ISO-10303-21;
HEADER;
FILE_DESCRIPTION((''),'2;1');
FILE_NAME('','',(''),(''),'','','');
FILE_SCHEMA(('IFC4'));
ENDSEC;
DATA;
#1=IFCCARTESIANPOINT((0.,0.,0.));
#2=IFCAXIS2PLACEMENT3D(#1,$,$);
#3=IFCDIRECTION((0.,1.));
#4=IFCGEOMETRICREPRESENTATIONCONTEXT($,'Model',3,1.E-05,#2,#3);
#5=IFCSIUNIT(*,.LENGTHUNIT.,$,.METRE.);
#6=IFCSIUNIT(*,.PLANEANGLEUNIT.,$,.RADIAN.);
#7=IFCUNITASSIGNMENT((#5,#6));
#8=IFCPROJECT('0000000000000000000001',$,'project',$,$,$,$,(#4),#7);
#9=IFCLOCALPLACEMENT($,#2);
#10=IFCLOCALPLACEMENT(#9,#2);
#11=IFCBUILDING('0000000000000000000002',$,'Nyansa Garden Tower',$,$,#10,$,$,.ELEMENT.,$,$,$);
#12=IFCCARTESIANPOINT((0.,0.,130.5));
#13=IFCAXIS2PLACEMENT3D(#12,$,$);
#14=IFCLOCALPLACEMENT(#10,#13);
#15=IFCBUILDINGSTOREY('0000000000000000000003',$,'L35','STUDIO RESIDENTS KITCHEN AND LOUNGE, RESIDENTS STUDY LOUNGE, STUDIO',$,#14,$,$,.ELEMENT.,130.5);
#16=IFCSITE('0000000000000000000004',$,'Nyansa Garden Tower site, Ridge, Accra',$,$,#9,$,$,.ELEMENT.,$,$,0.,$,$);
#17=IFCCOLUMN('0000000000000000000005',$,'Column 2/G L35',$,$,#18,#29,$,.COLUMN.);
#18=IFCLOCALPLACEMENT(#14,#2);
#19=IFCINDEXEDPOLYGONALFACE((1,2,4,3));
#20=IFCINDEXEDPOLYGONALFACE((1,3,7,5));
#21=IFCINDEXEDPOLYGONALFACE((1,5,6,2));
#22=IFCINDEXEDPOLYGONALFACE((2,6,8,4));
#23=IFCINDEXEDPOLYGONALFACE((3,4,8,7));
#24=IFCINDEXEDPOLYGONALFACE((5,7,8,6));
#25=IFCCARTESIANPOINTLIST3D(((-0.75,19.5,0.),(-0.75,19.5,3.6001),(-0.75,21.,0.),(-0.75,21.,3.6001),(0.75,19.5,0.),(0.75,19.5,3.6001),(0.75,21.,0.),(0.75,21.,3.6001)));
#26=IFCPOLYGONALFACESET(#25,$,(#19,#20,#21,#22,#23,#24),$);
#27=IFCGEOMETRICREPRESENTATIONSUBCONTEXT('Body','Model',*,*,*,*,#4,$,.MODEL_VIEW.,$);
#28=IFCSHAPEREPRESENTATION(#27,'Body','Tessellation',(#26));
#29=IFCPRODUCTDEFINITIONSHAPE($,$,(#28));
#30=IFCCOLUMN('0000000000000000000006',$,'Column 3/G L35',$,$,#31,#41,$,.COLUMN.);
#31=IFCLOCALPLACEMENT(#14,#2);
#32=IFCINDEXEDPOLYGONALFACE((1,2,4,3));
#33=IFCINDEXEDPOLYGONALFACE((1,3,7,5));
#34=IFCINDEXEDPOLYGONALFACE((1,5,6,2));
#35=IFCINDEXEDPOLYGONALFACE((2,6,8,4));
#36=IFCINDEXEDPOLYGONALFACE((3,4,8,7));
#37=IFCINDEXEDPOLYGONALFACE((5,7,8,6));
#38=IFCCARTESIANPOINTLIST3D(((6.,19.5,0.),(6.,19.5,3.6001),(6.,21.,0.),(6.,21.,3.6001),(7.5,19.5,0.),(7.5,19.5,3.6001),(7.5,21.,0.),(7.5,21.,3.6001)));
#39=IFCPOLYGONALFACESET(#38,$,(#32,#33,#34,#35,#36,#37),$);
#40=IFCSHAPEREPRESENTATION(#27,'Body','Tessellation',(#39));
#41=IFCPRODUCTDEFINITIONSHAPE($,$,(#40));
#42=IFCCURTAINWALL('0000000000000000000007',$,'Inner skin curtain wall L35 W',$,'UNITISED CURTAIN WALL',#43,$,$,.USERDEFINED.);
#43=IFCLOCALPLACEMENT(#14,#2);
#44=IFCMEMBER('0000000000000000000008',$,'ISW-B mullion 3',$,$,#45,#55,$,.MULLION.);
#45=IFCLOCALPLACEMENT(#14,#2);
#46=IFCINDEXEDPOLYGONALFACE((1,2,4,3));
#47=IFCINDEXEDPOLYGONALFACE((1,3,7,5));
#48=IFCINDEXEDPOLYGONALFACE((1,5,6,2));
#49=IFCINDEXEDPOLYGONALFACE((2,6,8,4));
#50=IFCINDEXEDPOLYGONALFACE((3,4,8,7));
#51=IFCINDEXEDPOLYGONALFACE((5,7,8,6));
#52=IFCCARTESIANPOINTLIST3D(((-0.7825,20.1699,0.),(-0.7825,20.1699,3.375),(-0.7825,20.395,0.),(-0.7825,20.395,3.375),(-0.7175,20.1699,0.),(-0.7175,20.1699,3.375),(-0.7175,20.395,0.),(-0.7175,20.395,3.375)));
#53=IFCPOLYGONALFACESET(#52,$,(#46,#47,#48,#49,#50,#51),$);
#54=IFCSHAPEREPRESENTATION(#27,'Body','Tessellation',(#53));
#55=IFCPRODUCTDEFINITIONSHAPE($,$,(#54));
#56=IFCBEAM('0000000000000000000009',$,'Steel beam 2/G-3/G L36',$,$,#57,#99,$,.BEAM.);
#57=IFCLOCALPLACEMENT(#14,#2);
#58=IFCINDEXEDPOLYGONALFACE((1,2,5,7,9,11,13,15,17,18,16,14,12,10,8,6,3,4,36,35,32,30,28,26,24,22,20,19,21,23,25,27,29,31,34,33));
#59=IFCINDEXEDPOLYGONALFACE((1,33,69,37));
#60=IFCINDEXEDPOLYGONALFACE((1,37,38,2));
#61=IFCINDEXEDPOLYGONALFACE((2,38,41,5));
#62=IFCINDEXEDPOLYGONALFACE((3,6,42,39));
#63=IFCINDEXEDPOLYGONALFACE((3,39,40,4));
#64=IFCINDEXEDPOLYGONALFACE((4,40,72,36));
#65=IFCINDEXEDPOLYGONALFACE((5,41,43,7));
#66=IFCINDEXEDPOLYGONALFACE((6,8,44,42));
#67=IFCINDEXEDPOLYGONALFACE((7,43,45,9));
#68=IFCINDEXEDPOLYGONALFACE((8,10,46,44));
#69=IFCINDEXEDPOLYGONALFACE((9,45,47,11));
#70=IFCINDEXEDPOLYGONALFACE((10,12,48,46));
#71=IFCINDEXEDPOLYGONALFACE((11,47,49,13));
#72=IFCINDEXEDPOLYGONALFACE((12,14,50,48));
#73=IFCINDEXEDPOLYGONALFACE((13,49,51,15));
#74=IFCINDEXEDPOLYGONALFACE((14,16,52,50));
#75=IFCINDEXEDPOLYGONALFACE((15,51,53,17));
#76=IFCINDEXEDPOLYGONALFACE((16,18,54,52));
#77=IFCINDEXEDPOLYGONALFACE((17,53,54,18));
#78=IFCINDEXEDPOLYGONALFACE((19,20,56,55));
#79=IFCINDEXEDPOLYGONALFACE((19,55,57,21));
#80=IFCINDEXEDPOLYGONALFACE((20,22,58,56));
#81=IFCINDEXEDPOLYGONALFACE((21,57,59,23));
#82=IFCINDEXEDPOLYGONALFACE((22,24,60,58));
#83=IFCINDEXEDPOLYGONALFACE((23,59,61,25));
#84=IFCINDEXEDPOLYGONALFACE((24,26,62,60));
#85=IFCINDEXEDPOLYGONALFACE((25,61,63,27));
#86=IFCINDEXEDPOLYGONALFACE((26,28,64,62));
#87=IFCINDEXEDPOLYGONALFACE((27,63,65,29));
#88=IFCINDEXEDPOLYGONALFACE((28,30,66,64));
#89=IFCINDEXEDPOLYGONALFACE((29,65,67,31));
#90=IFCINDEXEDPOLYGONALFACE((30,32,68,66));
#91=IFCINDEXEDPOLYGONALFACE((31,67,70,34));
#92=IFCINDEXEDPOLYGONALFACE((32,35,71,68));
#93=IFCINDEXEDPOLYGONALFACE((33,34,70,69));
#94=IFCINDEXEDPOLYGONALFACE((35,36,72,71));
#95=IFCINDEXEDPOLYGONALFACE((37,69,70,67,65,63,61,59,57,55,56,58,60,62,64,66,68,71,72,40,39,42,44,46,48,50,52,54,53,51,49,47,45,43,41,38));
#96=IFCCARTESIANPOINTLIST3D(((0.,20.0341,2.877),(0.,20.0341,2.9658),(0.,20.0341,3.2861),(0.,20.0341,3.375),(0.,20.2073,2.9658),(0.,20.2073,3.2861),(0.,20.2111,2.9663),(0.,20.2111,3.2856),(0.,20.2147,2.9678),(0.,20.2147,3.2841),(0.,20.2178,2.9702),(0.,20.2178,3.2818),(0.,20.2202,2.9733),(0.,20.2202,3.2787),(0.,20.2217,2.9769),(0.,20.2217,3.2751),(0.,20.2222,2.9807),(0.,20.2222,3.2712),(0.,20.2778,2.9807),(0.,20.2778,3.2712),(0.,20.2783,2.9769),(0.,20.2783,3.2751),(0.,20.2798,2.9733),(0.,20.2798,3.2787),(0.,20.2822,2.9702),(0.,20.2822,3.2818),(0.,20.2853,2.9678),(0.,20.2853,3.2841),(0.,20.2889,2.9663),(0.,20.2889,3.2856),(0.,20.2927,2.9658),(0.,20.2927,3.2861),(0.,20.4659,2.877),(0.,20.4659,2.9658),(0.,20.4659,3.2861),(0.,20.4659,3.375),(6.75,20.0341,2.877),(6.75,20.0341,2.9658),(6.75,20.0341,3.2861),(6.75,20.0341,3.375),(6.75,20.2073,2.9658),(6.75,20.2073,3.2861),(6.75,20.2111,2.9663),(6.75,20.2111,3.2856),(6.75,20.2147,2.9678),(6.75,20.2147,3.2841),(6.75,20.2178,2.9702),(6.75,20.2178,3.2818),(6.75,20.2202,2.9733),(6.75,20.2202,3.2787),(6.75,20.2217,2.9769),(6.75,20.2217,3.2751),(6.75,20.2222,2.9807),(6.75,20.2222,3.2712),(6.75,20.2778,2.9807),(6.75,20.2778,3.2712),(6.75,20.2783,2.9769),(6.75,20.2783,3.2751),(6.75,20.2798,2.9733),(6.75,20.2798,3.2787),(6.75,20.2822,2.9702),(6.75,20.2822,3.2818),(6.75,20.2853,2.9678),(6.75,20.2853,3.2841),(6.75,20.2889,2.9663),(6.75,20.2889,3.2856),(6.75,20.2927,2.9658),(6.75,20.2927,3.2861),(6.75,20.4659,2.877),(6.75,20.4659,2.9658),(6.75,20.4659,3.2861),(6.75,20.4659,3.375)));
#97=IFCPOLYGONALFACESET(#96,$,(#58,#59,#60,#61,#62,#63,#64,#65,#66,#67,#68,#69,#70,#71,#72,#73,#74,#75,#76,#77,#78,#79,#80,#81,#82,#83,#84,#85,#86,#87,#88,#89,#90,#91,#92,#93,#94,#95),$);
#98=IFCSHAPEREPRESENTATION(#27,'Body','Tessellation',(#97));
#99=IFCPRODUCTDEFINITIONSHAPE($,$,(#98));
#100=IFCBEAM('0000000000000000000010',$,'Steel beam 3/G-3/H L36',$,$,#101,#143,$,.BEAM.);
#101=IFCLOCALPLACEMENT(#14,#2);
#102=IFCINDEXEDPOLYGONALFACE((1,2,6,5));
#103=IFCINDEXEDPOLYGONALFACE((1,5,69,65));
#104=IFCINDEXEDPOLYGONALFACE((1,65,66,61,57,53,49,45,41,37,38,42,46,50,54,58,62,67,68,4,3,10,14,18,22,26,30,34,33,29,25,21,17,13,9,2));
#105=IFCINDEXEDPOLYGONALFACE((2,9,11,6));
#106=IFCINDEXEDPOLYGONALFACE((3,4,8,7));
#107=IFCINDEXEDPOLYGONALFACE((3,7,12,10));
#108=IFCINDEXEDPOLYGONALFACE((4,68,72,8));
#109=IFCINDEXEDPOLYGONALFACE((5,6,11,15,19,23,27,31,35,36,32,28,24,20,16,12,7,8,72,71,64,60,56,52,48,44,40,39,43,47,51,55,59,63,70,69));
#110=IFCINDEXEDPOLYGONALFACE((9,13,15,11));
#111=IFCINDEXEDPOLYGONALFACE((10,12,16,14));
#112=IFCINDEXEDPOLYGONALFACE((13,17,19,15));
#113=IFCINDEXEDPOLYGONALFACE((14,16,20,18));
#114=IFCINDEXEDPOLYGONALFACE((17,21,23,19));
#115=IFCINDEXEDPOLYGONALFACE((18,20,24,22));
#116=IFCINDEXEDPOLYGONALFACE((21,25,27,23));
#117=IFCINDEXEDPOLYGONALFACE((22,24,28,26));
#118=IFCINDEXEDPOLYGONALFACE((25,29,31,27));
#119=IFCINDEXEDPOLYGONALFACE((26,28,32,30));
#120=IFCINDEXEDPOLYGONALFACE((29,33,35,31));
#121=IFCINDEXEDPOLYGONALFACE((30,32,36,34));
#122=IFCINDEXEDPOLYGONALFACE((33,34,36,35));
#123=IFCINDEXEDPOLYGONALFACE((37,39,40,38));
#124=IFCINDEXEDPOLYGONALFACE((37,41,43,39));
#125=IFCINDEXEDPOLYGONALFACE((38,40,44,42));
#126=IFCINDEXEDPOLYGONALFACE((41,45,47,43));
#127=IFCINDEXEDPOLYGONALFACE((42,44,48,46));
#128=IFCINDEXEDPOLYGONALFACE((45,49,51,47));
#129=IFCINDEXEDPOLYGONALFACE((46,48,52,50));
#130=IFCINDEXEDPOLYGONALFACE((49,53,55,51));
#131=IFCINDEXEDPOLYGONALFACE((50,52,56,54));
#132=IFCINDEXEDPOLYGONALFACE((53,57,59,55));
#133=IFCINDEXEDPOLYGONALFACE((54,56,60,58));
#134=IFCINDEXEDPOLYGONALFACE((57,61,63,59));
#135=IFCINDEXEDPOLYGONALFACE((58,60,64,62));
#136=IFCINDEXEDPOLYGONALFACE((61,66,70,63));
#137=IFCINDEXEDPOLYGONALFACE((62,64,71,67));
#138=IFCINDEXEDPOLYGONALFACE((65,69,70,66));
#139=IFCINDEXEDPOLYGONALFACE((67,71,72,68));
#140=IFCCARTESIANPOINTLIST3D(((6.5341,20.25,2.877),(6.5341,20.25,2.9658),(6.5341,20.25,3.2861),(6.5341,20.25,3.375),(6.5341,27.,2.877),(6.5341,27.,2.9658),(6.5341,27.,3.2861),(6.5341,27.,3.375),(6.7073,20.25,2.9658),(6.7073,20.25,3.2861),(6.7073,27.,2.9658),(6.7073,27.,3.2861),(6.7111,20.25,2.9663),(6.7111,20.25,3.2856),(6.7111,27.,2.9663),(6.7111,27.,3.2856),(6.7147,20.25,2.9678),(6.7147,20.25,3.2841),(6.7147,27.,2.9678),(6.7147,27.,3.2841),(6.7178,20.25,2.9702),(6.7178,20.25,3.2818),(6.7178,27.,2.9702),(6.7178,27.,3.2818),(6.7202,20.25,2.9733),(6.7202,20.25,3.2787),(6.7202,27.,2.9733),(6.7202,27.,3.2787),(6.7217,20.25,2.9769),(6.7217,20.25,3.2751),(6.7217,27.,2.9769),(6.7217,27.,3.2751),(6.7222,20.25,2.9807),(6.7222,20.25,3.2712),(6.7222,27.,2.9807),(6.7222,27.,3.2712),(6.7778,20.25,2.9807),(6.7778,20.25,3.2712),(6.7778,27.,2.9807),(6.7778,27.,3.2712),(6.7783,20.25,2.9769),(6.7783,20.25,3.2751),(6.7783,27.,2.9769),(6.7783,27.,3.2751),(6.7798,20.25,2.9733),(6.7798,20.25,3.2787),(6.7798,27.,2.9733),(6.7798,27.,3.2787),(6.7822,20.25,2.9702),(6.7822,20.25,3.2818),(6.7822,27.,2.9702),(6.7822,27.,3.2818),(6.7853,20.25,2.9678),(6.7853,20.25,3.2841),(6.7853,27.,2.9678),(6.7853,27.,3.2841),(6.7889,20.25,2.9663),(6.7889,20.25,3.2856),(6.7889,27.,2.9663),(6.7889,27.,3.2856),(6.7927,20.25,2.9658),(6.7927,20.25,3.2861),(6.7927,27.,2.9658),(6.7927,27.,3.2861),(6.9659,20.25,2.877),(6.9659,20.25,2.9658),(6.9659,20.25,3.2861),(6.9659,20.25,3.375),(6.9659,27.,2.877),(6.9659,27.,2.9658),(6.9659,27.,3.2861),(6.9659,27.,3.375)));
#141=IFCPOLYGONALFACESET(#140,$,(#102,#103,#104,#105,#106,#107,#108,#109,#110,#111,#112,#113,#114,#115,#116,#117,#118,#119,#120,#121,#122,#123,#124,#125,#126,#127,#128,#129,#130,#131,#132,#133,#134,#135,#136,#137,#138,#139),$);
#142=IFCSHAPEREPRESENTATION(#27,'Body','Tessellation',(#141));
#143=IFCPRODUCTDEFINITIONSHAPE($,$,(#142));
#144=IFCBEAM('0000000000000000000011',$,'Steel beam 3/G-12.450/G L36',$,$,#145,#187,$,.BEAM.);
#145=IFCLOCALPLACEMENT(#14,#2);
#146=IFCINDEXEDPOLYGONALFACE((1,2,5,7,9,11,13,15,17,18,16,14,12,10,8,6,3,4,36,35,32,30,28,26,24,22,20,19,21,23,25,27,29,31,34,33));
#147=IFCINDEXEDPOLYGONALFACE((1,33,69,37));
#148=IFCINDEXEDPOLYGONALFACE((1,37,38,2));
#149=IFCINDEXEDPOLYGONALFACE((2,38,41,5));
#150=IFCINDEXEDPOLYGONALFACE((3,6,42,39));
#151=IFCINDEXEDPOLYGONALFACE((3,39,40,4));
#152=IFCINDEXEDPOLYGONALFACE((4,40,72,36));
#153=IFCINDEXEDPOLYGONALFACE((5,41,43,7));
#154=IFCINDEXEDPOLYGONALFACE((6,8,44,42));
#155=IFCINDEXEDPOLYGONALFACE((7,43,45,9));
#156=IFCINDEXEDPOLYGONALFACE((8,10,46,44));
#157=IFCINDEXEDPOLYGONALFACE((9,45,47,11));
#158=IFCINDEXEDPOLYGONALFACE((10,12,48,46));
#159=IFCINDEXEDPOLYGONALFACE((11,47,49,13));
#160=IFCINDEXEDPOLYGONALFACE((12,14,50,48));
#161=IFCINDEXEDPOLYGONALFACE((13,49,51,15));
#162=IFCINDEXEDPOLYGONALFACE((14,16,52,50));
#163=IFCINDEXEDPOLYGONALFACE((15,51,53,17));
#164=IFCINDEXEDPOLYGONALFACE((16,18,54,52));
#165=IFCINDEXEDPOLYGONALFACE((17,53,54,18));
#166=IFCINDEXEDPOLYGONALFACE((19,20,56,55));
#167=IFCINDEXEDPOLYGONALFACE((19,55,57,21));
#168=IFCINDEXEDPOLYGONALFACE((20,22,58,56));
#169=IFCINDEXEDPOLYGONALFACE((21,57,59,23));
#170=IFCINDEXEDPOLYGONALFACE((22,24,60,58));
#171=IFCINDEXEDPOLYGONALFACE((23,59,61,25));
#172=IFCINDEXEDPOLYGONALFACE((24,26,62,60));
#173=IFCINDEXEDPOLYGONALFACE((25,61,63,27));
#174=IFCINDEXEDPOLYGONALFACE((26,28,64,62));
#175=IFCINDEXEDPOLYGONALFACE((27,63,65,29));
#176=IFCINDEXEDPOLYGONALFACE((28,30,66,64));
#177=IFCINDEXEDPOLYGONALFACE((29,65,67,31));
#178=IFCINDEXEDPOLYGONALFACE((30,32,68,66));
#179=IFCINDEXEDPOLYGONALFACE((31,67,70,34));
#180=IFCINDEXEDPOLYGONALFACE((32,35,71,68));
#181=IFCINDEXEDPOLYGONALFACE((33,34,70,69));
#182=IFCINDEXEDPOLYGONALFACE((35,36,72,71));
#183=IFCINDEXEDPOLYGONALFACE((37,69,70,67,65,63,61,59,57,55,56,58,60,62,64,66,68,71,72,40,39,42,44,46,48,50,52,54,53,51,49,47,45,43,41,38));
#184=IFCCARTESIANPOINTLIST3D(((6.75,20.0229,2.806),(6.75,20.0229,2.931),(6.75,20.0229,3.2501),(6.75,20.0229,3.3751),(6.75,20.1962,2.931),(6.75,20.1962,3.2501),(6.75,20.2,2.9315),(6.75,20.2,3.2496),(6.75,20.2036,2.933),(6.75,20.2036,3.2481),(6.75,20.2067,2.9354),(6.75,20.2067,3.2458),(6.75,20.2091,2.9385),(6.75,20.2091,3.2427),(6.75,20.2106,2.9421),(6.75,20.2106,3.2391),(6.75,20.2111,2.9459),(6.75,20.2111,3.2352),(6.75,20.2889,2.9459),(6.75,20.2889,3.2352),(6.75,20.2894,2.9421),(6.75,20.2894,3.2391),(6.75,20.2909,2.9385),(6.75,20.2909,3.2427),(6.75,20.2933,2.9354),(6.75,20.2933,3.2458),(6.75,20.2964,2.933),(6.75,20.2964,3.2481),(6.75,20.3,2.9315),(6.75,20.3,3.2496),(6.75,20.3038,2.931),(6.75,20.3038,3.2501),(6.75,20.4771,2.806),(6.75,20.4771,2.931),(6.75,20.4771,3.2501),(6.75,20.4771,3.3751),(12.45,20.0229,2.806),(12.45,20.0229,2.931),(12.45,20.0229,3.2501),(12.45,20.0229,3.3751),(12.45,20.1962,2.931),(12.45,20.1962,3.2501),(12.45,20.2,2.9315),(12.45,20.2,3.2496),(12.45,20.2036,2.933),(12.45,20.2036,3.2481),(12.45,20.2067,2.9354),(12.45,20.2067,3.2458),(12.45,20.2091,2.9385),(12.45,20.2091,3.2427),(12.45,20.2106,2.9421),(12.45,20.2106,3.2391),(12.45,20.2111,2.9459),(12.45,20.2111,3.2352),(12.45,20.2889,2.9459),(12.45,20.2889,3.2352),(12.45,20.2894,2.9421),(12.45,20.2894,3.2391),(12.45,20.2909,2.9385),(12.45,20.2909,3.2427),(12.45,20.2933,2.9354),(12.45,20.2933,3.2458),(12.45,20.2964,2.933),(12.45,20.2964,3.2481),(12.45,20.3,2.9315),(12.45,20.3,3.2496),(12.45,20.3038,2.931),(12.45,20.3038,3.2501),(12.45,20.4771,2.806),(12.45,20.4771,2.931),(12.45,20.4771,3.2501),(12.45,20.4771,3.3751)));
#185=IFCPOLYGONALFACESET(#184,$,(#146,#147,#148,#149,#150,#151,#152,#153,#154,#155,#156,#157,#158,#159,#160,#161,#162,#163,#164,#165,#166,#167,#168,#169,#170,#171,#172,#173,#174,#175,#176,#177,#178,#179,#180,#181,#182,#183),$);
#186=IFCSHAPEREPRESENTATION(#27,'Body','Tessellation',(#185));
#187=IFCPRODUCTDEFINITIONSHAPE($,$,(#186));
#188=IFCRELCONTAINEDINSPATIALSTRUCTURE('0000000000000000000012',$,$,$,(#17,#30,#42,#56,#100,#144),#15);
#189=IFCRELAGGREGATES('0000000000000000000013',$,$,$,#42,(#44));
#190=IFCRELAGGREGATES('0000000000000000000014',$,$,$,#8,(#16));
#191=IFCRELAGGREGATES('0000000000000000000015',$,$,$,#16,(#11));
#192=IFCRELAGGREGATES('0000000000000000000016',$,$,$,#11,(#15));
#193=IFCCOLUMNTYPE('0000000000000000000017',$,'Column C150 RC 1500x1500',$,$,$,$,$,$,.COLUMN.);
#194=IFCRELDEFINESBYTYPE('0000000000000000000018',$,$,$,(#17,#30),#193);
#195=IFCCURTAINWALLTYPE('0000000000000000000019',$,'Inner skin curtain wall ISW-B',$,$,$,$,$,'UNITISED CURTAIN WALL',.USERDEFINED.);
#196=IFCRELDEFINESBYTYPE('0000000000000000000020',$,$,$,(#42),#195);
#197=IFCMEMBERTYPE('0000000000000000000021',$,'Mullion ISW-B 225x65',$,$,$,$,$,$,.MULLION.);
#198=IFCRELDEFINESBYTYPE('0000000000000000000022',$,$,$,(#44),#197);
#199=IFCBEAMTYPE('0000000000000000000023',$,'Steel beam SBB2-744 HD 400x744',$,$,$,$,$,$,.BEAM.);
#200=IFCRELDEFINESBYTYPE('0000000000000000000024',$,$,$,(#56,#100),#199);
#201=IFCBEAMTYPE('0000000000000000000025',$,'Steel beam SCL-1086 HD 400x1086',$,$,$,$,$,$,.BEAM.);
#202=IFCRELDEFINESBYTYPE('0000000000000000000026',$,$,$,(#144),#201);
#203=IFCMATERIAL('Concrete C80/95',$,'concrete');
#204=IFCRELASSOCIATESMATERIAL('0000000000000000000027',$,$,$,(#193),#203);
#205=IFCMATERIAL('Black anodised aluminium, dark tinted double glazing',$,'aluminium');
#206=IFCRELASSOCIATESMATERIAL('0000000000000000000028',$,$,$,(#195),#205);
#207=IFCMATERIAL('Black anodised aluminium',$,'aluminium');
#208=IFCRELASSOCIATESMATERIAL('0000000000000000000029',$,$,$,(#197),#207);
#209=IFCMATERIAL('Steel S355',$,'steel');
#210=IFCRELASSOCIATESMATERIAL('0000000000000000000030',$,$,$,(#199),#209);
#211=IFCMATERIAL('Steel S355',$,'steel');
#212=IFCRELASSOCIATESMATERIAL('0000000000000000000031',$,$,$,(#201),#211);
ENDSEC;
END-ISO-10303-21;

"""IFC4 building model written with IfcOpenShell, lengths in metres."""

from ifc_helpers import new_model, si_unit, direction, frame, origin, origin_2d, place, context, subcontext, project, spatial, rectangle, i_section, extrude, material, material_profile, profile_set, type_object, element, aggregate, save


model = new_model("IFC4")

# Units and contexts
model_context = context("Model", 3, precision=1e-05, world=origin(), true_north=direction((0.0, 1.0)))
body_context = subcontext(model_context, "Body", "Model", "MODEL_VIEW")
ifc_project = project(units=[si_unit("LENGTHUNIT", "METRE"), si_unit("PLANEANGLEUNIT", "RADIAN")], contexts=[model_context])

# Site, building, storey
site_placement = place(None, origin())
site = spatial("IfcSite", under=ifc_project, at=site_placement, Name="Nyansa Garden Tower site, Ridge, Accra", CompositionType="ELEMENT", RefElevation=0.0)
building_placement = place(site_placement, origin())
building = spatial("IfcBuilding", under=site, at=building_placement, Name="Nyansa Garden Tower", CompositionType="ELEMENT")
storey_placement = place(building_placement, frame((0.0, 0.0, 130.5)))
storey = spatial("IfcBuildingStorey", under=building, at=storey_placement, Name="L35", Description="STUDIO RESIDENTS KITCHEN AND LOUNGE, RESIDENTS STUDY LOUNGE, STUDIO", CompositionType="ELEMENT", Elevation=130.5)

# Columns
ifc_material_1 = material(Name="Concrete C80/95", Category="concrete")
ifc_material_profile_1 = material_profile(ifc_material_1, rectangle(XDim=1.5, YDim=1.5, at=origin_2d()), Name="RC 1500x1500")
ifc_profile_set_1 = profile_set([ifc_material_profile_1], Name="Concrete C80/95")
column_type = type_object("IfcColumnType", Name="Column C150 RC 1500x1500", PredefinedType="COLUMN", material=ifc_profile_set_1)
for number, where, z_axis, x_axis, name in (
    (1, (0.0, 20.25, 0.0), (0.0, 0.0, 1.0), (1.0, 0.0, 0.0), "Column 2/G L35"),
    (2, (6.75, 20.25, 0.0), (0.0, 0.0, 1.0), (1.0, 0.0, 0.0), "Column 3/G L35"),
):
    element("IfcColumn", number, at=place(storey_placement, frame(where, z_axis=z_axis, x_axis=x_axis)), inside=storey, type_object=column_type, Name=name, PredefinedType="COLUMN", context=body_context, shape_type="SweptSolid", body=[
        extrude(rectangle(XDim=1.5, YDim=1.5, at=origin_2d()), origin(), (0.0, 0.0, 1.0), 3.6001),
    ])

# Curtain wall, member
ifc_material_2 = material(Name="Black anodised aluminium, dark tinted double glazing", Category="aluminium")
curtain_wall_type = type_object("IfcCurtainWallType", Name="Inner skin curtain wall ISW-B", ElementType="UNITISED CURTAIN WALL", PredefinedType="USERDEFINED", material=ifc_material_2)
curtain_wall_placement = place(storey_placement, origin())
curtain_wall = element("IfcCurtainWall", 3, at=curtain_wall_placement, inside=storey, type_object=curtain_wall_type, Name="Inner skin curtain wall L35 W", ObjectType="UNITISED CURTAIN WALL", PredefinedType="USERDEFINED")
ifc_material_3 = material(Name="Black anodised aluminium", Category="aluminium")
ifc_material_profile_2 = material_profile(ifc_material_3, rectangle(XDim=0.0649, YDim=0.2251, at=origin_2d()), Name="Mullion 225x65")
ifc_profile_set_2 = profile_set([ifc_material_profile_2], Name="Black anodised aluminium")
member_type = type_object("IfcMemberType", Name="Mullion ISW-B 225x65", PredefinedType="MULLION", material=ifc_profile_set_2)
member_placement = place(storey_placement, frame((-0.75, 20.2825, 0.0), z_axis=(0.0, 0.0, 1.0), x_axis=(1.0, 0.0, 0.0)))
member = element("IfcMember", 4, at=member_placement, type_object=member_type, Name="ISW-B mullion 3", PredefinedType="MULLION", context=body_context, shape_type="SweptSolid", body=[
    extrude(rectangle(XDim=0.0649, YDim=0.2251, at=origin_2d()), origin(), (0.0, 0.0, 1.0), 3.375),
])

# Beams
ifc_material_4 = material(Name="Steel S355", Category="steel")
ifc_material_profile_3 = material_profile(ifc_material_4, i_section(OverallWidth=0.4319, OverallDepth=0.498, WebThickness=0.0557, FlangeThickness=0.0889, FilletRadius=0.0149, at=origin_2d()), Name="HD 400x744")
ifc_profile_set_3 = profile_set([ifc_material_profile_3], Name="Steel S355")
beam_type_1 = type_object("IfcBeamType", Name="Steel beam SBB2-744 HD 400x744", PredefinedType="BEAM", material=ifc_profile_set_3)
for number, where, z_axis, x_axis, name in (
    (5, (0.0, 20.25, 3.126), (1.0, 0.0, 0.0), (0.0, 1.0, 0.0), "Steel beam 2/G-3/G L36"),
    (6, (6.75, 20.25, 3.126), (0.0, 1.0, 0.0), (-1.0, 0.0, 0.0), "Steel beam 3/G-3/H L36"),
):
    element("IfcBeam", number, at=place(storey_placement, frame(where, z_axis=z_axis, x_axis=x_axis)), inside=storey, type_object=beam_type_1, Name=name, PredefinedType="BEAM", context=body_context, shape_type="SweptSolid", body=[
        extrude(i_section(OverallWidth=0.4319, OverallDepth=0.498, WebThickness=0.0557, FlangeThickness=0.0889, FilletRadius=0.0149, at=origin_2d()), origin(), (0.0, 0.0, 1.0), 6.75),
    ])
ifc_material_5 = material(Name="Steel S355", Category="steel")
ifc_material_profile_4 = material_profile(ifc_material_5, i_section(OverallWidth=0.4541, OverallDepth=0.5691, WebThickness=0.0779, FlangeThickness=0.125, FilletRadius=0.0149, at=origin_2d()), Name="HD 400x1086")
ifc_profile_set_4 = profile_set([ifc_material_profile_4], Name="Steel S355")
beam_type_2 = type_object("IfcBeamType", Name="Steel beam SCL-1086 HD 400x1086", PredefinedType="BEAM", material=ifc_profile_set_4)
beam_1_placement = place(storey_placement, frame((6.75, 20.25, 3.0906), z_axis=(1.0, 0.0, 0.0), x_axis=(0.0, 1.0, 0.0)))
element("IfcBeam", 7, at=beam_1_placement, inside=storey, type_object=beam_type_2, Name="Steel beam 3/G-12.450/G L36", PredefinedType="BEAM", context=body_context, shape_type="SweptSolid", body=[
    extrude(i_section(OverallWidth=0.4541, OverallDepth=0.5691, WebThickness=0.0779, FlangeThickness=0.125, FilletRadius=0.0149, at=origin_2d()), origin(), (0.0, 0.0, 1.0), 5.7),
])

aggregate(curtain_wall, [member])

save(model, "model.ifc")
